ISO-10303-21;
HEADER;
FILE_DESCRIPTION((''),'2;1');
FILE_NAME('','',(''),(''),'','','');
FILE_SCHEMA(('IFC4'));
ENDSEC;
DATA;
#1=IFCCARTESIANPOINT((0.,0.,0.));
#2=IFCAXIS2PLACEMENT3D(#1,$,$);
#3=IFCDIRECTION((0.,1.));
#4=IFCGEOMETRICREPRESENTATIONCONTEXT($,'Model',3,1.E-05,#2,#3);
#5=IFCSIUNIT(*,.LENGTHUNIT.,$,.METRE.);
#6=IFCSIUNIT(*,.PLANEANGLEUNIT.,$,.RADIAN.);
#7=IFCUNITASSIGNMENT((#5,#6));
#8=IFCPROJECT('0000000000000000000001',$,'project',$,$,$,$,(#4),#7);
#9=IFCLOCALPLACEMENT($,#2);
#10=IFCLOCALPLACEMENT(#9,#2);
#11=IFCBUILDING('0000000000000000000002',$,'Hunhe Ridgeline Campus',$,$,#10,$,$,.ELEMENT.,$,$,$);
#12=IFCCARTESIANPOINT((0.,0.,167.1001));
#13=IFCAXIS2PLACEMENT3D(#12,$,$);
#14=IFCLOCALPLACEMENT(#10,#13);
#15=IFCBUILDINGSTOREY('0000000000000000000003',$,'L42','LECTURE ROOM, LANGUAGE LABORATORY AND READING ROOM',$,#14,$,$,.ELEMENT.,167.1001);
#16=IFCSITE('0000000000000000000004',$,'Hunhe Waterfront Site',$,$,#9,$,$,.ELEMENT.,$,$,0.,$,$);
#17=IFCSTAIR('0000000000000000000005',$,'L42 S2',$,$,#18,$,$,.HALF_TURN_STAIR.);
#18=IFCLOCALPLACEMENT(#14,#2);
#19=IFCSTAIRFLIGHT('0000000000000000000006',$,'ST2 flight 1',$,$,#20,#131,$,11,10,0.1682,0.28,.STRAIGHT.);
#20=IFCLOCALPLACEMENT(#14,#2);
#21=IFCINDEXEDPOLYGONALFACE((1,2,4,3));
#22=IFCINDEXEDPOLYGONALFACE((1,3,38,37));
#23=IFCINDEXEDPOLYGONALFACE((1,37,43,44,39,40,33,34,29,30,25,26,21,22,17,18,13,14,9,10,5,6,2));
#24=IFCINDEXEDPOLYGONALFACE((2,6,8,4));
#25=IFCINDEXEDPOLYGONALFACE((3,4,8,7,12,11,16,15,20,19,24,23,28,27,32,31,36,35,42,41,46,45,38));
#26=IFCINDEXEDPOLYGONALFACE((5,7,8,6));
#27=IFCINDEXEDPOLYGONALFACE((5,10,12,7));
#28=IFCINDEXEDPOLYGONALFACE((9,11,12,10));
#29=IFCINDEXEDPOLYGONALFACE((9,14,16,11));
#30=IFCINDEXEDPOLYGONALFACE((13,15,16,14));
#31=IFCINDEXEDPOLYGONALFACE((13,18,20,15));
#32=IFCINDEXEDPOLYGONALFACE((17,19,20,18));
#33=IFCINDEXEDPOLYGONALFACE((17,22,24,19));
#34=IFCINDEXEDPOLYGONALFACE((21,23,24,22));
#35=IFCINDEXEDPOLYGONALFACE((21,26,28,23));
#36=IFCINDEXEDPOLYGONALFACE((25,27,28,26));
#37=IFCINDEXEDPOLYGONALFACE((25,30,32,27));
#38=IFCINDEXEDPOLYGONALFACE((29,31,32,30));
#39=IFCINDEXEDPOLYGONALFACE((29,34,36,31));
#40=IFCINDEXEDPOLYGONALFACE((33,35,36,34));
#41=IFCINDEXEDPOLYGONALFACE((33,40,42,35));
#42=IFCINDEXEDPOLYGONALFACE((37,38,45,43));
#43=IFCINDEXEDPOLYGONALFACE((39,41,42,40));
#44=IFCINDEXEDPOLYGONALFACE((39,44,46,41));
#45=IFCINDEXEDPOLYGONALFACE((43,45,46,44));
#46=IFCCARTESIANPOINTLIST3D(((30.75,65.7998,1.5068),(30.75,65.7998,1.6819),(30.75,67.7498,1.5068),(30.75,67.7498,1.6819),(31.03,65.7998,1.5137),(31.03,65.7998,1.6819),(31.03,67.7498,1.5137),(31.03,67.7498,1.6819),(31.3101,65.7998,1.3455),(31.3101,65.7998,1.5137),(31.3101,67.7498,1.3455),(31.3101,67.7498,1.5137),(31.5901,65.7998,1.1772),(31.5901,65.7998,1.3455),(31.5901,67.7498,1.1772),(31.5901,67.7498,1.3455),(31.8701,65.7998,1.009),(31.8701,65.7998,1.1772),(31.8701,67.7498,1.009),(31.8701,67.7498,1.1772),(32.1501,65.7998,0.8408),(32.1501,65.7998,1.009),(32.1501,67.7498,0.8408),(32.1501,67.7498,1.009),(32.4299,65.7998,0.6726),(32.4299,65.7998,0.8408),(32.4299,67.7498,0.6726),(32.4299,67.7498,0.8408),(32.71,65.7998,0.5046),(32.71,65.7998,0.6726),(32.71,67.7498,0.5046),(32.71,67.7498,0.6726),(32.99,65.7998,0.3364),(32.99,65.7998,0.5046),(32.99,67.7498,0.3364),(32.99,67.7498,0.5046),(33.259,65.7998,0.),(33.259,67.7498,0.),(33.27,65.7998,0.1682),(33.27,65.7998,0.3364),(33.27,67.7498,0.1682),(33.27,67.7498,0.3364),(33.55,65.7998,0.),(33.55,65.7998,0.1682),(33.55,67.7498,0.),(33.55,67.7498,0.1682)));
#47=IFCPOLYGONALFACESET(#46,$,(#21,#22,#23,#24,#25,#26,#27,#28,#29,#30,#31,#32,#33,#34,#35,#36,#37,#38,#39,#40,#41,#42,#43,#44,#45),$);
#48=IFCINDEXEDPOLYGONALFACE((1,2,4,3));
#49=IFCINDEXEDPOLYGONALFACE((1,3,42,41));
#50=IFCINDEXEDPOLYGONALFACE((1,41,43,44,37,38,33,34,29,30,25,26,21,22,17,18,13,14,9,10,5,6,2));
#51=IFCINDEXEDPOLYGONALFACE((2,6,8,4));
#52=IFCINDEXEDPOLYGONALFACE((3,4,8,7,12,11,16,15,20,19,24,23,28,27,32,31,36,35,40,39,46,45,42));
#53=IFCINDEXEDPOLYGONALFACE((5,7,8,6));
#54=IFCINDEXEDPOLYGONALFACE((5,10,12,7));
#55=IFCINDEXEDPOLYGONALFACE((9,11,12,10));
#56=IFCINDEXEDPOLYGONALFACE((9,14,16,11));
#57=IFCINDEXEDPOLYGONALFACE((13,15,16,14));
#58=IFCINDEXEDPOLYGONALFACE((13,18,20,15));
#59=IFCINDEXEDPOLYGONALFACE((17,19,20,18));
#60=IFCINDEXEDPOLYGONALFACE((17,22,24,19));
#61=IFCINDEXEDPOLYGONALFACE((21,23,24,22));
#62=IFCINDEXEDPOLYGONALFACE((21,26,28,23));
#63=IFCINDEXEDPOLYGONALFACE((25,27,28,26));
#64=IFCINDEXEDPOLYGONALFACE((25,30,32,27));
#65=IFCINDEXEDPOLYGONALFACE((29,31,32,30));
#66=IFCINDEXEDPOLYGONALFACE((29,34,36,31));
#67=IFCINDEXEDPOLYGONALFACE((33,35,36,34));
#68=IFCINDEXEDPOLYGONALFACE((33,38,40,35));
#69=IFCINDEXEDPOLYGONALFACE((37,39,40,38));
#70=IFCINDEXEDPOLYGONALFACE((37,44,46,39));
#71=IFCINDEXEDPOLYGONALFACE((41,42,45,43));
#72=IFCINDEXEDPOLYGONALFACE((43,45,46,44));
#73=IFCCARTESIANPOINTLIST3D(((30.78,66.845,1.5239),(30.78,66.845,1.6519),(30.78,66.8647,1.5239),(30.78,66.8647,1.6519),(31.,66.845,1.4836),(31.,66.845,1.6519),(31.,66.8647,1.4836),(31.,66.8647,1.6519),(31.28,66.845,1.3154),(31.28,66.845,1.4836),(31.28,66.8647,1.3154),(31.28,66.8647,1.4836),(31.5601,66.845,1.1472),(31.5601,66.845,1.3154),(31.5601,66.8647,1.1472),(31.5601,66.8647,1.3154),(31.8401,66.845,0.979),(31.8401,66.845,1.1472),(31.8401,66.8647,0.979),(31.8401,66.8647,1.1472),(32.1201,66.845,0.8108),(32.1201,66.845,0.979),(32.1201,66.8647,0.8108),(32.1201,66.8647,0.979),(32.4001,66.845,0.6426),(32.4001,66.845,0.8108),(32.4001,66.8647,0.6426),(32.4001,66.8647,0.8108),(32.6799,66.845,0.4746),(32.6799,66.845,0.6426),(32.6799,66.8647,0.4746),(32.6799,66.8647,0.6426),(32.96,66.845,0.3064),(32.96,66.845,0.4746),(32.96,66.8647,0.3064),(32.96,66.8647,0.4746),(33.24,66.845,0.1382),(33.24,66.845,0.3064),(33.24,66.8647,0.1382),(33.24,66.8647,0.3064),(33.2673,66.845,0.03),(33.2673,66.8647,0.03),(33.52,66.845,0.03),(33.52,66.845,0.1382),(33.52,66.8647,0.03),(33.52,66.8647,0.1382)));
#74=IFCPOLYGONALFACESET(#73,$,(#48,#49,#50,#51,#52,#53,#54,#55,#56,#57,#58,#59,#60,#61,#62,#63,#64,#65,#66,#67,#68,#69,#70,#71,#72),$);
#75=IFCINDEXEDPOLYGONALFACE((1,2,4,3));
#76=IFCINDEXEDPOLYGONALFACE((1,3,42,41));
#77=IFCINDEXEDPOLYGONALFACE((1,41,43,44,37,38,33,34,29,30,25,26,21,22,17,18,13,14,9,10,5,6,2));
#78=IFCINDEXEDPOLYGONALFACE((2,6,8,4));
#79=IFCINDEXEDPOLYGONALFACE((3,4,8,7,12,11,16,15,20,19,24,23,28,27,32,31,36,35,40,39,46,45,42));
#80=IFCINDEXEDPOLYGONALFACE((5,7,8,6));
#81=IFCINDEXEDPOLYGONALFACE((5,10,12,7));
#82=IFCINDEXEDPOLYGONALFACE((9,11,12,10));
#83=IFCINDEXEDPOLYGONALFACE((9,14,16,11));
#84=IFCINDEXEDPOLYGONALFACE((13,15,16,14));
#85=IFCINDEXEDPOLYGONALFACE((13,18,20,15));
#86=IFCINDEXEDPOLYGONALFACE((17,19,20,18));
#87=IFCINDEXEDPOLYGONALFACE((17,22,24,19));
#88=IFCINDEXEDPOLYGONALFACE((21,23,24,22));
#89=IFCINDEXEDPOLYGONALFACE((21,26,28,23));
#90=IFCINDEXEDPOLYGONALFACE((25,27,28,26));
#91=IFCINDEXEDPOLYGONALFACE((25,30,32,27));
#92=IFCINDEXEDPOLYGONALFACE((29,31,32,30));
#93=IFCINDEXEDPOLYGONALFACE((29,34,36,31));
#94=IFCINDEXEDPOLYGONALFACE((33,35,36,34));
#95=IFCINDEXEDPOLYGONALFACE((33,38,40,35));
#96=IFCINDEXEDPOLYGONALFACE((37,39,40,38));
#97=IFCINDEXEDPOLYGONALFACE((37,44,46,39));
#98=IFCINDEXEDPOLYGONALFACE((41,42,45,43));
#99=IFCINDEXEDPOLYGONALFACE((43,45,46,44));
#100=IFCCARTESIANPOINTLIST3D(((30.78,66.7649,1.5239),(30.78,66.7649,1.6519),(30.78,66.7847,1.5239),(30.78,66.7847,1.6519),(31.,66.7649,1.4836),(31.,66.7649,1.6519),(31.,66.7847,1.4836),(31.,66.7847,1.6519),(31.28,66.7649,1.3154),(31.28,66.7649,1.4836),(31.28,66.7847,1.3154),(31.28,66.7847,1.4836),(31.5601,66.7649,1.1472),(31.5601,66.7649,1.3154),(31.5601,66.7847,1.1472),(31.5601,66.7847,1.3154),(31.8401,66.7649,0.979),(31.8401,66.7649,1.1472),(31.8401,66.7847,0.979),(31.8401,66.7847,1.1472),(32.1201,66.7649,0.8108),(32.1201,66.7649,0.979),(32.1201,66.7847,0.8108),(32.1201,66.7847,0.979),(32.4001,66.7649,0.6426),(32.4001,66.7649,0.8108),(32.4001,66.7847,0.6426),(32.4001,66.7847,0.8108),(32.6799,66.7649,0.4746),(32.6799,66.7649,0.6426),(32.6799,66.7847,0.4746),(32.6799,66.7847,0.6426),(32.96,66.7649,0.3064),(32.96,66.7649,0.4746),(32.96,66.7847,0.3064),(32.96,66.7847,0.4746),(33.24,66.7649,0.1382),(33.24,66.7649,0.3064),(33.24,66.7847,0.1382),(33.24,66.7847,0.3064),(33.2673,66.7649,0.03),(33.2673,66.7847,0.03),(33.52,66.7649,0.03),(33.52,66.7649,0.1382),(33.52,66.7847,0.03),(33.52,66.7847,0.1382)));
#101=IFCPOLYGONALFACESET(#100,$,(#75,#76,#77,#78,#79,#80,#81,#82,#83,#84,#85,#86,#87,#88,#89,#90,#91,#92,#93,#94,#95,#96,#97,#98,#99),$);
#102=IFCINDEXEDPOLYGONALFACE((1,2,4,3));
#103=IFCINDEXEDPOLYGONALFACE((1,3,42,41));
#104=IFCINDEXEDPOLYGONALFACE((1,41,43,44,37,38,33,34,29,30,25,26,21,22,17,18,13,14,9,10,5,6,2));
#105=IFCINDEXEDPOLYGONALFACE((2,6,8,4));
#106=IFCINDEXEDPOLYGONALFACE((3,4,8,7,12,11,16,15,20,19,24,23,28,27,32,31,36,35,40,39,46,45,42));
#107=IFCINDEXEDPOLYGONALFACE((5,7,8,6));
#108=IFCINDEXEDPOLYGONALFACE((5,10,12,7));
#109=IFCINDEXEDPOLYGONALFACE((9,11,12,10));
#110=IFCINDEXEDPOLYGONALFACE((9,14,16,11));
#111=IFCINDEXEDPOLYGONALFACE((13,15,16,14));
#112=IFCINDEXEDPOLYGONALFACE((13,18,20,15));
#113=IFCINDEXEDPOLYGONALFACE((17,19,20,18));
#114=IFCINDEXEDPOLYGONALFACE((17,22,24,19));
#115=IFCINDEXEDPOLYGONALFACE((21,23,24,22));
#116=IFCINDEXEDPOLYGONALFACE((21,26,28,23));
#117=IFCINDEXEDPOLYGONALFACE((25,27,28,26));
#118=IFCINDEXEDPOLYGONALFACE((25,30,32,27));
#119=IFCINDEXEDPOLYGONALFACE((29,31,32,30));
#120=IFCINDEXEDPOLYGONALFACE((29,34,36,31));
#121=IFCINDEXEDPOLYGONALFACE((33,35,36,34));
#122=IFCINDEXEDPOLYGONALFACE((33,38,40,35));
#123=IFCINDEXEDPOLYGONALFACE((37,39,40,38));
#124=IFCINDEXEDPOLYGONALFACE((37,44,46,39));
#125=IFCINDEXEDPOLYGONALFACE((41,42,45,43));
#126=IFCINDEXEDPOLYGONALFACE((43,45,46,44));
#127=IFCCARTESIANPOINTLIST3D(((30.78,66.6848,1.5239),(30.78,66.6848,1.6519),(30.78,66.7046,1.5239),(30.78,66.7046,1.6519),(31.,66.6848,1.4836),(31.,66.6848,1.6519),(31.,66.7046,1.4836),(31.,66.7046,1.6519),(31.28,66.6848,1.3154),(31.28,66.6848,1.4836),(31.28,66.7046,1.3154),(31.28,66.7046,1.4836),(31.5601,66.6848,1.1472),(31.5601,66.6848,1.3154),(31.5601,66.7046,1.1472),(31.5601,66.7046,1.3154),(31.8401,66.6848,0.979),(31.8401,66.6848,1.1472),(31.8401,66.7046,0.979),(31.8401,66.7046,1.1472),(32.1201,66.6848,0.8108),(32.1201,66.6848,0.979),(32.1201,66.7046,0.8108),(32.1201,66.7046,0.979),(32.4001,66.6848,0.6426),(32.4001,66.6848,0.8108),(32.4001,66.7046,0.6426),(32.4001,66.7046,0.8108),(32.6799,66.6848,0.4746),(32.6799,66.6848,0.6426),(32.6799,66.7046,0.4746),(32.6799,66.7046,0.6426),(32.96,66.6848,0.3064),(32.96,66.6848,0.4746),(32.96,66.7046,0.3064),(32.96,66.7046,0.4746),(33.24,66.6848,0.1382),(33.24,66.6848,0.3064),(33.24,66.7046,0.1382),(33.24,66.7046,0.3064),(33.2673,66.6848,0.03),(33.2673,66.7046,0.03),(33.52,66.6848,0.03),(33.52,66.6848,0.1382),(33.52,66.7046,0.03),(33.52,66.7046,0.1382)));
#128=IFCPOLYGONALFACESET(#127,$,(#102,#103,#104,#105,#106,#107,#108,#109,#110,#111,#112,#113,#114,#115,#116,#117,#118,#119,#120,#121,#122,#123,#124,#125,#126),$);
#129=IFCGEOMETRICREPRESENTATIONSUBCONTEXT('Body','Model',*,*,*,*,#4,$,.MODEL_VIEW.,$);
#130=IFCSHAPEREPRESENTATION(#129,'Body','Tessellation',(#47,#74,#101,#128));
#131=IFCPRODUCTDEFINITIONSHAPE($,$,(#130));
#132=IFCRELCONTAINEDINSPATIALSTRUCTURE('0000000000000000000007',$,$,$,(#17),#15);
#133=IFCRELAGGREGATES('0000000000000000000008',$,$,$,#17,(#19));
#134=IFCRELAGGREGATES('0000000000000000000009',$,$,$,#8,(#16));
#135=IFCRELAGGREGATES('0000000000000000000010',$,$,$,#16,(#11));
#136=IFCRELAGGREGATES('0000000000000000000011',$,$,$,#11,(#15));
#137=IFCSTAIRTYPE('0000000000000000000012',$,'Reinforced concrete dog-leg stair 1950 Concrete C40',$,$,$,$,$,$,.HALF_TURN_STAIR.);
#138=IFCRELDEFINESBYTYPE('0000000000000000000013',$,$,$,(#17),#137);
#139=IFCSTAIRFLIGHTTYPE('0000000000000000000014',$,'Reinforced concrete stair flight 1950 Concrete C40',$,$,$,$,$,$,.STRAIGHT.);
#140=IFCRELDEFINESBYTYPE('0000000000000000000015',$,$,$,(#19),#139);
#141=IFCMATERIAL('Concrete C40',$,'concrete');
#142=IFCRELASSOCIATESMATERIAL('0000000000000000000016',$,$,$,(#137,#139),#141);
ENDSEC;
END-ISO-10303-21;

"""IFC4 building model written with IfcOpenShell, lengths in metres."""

from ifc_helpers import new_model, si_unit, direction, frame, origin, place, context, subcontext, project, spatial, polyline, outline, extrude, material, type_object, element, aggregate, save


model = new_model("IFC4")

# Units and contexts
model_context = context("Model", 3, precision=1e-05, world=origin(), true_north=direction((0.0, 1.0)))
body_context = subcontext(model_context, "Body", "Model", "MODEL_VIEW")
ifc_project = project(units=[si_unit("LENGTHUNIT", "METRE"), si_unit("PLANEANGLEUNIT", "RADIAN")], contexts=[model_context])

# Site, building, storey
site_placement = place(None, origin())
site = spatial("IfcSite", under=ifc_project, at=site_placement, Name="Hunhe Waterfront Site", CompositionType="ELEMENT", RefElevation=0.0)
building_placement = place(site_placement, origin())
building = spatial("IfcBuilding", under=site, at=building_placement, Name="Hunhe Ridgeline Campus", CompositionType="ELEMENT")
storey_placement = place(building_placement, frame((0.0, 0.0, 167.1001)))
storey = spatial("IfcBuildingStorey", under=building, at=storey_placement, Name="L42", Description="LECTURE ROOM, LANGUAGE LABORATORY AND READING ROOM", CompositionType="ELEMENT", Elevation=167.1001)

# Stair, stair flight
ifc_material_1 = material(Name="Concrete C40", Category="concrete")
stair_type = type_object("IfcStairType", Name="Reinforced concrete dog-leg stair 1950 Concrete C40", PredefinedType="HALF_TURN_STAIR", material=ifc_material_1)
stair_placement = place(storey_placement, origin())
stair = element("IfcStair", 1, at=stair_placement, inside=storey, type_object=stair_type, Name="L42 S2", PredefinedType="HALF_TURN_STAIR")
stair_flight_type = type_object("IfcStairFlightType", Name="Reinforced concrete stair flight 1950 Concrete C40", PredefinedType="STRAIGHT", material=ifc_material_1)
stair_flight_1_placement = place(storey_placement, frame((33.55, 66.7749, 0.0), z_axis=(0.0, 0.0, 1.0), x_axis=(-1.0, 0.0, 0.0)))
stair_flight_1 = element("IfcStairFlight", 2, at=stair_flight_1_placement, type_object=stair_flight_type, Name="ST2 flight 1", NumberOfRisers=11, NumberOfTreads=10, PredefinedType="STRAIGHT", RiserHeight=0.1682, TreadLength=0.28, context=body_context, shape_type="SweptSolid", body=[
    extrude(outline(polyline([(0.0, 0.0), (0.0, 0.1682), (0.28, 0.1682), (0.28, 0.3364), (0.5601, 0.3364), (0.5601, 0.5046), (0.8401, 0.5046), (0.8401, 0.6726), (1.1201, 0.6726), (1.1201, 0.8408), (1.3999, 0.8408), (1.3999, 1.009), (1.6799, 1.009), (1.6799, 1.1772), (1.96, 1.1772), (1.96, 1.3455), (2.24, 1.3455), (2.24, 1.5137), (2.52, 1.5137), (2.52, 1.6819), (2.8, 1.6819), (2.8, 1.8501), (2.8, 1.5068), (0.291, 0.0), (0.0, 0.0)])), frame((0.0, 0.9751, 0.0), z_axis=(0.0, -1.0, 0.0), x_axis=(1.0, 0.0, 0.0)), (0.0, 0.0, 1.0), 1.95),
    extrude(outline(polyline([(0.03, 0.03), (0.03, 0.1382), (0.3101, 0.1382), (0.3101, 0.3064), (0.5901, 0.3064), (0.5901, 0.4746), (0.8701, 0.4746), (0.8701, 0.6426), (1.1499, 0.6426), (1.1499, 0.8108), (1.4299, 0.8108), (1.4299, 0.979), (1.71, 0.979), (1.71, 1.1472), (1.99, 1.1472), (1.99, 1.3154), (2.27, 1.3154), (2.27, 1.4836), (2.55, 1.4836), (2.55, 1.6519), (2.77, 1.6519), (2.77, 1.5239), (0.2827, 0.03), (0.03, 0.03)])), frame((0.0, -0.0701, 0.0), z_axis=(0.0, -1.0, 0.0), x_axis=(1.0, 0.0, 0.0)), (0.0, 0.0, 1.0), 0.0198),
    extrude(outline(polyline([(0.03, 0.03), (0.03, 0.1382), (0.3101, 0.1382), (0.3101, 0.3064), (0.5901, 0.3064), (0.5901, 0.4746), (0.8701, 0.4746), (0.8701, 0.6426), (1.1499, 0.6426), (1.1499, 0.8108), (1.4299, 0.8108), (1.4299, 0.979), (1.71, 0.979), (1.71, 1.1472), (1.99, 1.1472), (1.99, 1.3154), (2.27, 1.3154), (2.27, 1.4836), (2.55, 1.4836), (2.55, 1.6519), (2.77, 1.6519), (2.77, 1.5239), (0.2827, 0.03), (0.03, 0.03)])), frame((0.0, 0.01, 0.0), z_axis=(0.0, -1.0, 0.0), x_axis=(1.0, 0.0, 0.0)), (0.0, 0.0, 1.0), 0.0198),
    extrude(outline(polyline([(0.03, 0.03), (0.03, 0.1382), (0.3101, 0.1382), (0.3101, 0.3064), (0.5901, 0.3064), (0.5901, 0.4746), (0.8701, 0.4746), (0.8701, 0.6426), (1.1499, 0.6426), (1.1499, 0.8108), (1.4299, 0.8108), (1.4299, 0.979), (1.71, 0.979), (1.71, 1.1472), (1.99, 1.1472), (1.99, 1.3154), (2.27, 1.3154), (2.27, 1.4836), (2.55, 1.4836), (2.55, 1.6519), (2.77, 1.6519), (2.77, 1.5239), (0.2827, 0.03), (0.03, 0.03)])), frame((0.0, 0.0901, 0.0), z_axis=(0.0, -1.0, 0.0), x_axis=(1.0, 0.0, 0.0)), (0.0, 0.0, 1.0), 0.0198),
])
aggregate(stair, [stair_flight_1])

save(model, "model.ifc")
